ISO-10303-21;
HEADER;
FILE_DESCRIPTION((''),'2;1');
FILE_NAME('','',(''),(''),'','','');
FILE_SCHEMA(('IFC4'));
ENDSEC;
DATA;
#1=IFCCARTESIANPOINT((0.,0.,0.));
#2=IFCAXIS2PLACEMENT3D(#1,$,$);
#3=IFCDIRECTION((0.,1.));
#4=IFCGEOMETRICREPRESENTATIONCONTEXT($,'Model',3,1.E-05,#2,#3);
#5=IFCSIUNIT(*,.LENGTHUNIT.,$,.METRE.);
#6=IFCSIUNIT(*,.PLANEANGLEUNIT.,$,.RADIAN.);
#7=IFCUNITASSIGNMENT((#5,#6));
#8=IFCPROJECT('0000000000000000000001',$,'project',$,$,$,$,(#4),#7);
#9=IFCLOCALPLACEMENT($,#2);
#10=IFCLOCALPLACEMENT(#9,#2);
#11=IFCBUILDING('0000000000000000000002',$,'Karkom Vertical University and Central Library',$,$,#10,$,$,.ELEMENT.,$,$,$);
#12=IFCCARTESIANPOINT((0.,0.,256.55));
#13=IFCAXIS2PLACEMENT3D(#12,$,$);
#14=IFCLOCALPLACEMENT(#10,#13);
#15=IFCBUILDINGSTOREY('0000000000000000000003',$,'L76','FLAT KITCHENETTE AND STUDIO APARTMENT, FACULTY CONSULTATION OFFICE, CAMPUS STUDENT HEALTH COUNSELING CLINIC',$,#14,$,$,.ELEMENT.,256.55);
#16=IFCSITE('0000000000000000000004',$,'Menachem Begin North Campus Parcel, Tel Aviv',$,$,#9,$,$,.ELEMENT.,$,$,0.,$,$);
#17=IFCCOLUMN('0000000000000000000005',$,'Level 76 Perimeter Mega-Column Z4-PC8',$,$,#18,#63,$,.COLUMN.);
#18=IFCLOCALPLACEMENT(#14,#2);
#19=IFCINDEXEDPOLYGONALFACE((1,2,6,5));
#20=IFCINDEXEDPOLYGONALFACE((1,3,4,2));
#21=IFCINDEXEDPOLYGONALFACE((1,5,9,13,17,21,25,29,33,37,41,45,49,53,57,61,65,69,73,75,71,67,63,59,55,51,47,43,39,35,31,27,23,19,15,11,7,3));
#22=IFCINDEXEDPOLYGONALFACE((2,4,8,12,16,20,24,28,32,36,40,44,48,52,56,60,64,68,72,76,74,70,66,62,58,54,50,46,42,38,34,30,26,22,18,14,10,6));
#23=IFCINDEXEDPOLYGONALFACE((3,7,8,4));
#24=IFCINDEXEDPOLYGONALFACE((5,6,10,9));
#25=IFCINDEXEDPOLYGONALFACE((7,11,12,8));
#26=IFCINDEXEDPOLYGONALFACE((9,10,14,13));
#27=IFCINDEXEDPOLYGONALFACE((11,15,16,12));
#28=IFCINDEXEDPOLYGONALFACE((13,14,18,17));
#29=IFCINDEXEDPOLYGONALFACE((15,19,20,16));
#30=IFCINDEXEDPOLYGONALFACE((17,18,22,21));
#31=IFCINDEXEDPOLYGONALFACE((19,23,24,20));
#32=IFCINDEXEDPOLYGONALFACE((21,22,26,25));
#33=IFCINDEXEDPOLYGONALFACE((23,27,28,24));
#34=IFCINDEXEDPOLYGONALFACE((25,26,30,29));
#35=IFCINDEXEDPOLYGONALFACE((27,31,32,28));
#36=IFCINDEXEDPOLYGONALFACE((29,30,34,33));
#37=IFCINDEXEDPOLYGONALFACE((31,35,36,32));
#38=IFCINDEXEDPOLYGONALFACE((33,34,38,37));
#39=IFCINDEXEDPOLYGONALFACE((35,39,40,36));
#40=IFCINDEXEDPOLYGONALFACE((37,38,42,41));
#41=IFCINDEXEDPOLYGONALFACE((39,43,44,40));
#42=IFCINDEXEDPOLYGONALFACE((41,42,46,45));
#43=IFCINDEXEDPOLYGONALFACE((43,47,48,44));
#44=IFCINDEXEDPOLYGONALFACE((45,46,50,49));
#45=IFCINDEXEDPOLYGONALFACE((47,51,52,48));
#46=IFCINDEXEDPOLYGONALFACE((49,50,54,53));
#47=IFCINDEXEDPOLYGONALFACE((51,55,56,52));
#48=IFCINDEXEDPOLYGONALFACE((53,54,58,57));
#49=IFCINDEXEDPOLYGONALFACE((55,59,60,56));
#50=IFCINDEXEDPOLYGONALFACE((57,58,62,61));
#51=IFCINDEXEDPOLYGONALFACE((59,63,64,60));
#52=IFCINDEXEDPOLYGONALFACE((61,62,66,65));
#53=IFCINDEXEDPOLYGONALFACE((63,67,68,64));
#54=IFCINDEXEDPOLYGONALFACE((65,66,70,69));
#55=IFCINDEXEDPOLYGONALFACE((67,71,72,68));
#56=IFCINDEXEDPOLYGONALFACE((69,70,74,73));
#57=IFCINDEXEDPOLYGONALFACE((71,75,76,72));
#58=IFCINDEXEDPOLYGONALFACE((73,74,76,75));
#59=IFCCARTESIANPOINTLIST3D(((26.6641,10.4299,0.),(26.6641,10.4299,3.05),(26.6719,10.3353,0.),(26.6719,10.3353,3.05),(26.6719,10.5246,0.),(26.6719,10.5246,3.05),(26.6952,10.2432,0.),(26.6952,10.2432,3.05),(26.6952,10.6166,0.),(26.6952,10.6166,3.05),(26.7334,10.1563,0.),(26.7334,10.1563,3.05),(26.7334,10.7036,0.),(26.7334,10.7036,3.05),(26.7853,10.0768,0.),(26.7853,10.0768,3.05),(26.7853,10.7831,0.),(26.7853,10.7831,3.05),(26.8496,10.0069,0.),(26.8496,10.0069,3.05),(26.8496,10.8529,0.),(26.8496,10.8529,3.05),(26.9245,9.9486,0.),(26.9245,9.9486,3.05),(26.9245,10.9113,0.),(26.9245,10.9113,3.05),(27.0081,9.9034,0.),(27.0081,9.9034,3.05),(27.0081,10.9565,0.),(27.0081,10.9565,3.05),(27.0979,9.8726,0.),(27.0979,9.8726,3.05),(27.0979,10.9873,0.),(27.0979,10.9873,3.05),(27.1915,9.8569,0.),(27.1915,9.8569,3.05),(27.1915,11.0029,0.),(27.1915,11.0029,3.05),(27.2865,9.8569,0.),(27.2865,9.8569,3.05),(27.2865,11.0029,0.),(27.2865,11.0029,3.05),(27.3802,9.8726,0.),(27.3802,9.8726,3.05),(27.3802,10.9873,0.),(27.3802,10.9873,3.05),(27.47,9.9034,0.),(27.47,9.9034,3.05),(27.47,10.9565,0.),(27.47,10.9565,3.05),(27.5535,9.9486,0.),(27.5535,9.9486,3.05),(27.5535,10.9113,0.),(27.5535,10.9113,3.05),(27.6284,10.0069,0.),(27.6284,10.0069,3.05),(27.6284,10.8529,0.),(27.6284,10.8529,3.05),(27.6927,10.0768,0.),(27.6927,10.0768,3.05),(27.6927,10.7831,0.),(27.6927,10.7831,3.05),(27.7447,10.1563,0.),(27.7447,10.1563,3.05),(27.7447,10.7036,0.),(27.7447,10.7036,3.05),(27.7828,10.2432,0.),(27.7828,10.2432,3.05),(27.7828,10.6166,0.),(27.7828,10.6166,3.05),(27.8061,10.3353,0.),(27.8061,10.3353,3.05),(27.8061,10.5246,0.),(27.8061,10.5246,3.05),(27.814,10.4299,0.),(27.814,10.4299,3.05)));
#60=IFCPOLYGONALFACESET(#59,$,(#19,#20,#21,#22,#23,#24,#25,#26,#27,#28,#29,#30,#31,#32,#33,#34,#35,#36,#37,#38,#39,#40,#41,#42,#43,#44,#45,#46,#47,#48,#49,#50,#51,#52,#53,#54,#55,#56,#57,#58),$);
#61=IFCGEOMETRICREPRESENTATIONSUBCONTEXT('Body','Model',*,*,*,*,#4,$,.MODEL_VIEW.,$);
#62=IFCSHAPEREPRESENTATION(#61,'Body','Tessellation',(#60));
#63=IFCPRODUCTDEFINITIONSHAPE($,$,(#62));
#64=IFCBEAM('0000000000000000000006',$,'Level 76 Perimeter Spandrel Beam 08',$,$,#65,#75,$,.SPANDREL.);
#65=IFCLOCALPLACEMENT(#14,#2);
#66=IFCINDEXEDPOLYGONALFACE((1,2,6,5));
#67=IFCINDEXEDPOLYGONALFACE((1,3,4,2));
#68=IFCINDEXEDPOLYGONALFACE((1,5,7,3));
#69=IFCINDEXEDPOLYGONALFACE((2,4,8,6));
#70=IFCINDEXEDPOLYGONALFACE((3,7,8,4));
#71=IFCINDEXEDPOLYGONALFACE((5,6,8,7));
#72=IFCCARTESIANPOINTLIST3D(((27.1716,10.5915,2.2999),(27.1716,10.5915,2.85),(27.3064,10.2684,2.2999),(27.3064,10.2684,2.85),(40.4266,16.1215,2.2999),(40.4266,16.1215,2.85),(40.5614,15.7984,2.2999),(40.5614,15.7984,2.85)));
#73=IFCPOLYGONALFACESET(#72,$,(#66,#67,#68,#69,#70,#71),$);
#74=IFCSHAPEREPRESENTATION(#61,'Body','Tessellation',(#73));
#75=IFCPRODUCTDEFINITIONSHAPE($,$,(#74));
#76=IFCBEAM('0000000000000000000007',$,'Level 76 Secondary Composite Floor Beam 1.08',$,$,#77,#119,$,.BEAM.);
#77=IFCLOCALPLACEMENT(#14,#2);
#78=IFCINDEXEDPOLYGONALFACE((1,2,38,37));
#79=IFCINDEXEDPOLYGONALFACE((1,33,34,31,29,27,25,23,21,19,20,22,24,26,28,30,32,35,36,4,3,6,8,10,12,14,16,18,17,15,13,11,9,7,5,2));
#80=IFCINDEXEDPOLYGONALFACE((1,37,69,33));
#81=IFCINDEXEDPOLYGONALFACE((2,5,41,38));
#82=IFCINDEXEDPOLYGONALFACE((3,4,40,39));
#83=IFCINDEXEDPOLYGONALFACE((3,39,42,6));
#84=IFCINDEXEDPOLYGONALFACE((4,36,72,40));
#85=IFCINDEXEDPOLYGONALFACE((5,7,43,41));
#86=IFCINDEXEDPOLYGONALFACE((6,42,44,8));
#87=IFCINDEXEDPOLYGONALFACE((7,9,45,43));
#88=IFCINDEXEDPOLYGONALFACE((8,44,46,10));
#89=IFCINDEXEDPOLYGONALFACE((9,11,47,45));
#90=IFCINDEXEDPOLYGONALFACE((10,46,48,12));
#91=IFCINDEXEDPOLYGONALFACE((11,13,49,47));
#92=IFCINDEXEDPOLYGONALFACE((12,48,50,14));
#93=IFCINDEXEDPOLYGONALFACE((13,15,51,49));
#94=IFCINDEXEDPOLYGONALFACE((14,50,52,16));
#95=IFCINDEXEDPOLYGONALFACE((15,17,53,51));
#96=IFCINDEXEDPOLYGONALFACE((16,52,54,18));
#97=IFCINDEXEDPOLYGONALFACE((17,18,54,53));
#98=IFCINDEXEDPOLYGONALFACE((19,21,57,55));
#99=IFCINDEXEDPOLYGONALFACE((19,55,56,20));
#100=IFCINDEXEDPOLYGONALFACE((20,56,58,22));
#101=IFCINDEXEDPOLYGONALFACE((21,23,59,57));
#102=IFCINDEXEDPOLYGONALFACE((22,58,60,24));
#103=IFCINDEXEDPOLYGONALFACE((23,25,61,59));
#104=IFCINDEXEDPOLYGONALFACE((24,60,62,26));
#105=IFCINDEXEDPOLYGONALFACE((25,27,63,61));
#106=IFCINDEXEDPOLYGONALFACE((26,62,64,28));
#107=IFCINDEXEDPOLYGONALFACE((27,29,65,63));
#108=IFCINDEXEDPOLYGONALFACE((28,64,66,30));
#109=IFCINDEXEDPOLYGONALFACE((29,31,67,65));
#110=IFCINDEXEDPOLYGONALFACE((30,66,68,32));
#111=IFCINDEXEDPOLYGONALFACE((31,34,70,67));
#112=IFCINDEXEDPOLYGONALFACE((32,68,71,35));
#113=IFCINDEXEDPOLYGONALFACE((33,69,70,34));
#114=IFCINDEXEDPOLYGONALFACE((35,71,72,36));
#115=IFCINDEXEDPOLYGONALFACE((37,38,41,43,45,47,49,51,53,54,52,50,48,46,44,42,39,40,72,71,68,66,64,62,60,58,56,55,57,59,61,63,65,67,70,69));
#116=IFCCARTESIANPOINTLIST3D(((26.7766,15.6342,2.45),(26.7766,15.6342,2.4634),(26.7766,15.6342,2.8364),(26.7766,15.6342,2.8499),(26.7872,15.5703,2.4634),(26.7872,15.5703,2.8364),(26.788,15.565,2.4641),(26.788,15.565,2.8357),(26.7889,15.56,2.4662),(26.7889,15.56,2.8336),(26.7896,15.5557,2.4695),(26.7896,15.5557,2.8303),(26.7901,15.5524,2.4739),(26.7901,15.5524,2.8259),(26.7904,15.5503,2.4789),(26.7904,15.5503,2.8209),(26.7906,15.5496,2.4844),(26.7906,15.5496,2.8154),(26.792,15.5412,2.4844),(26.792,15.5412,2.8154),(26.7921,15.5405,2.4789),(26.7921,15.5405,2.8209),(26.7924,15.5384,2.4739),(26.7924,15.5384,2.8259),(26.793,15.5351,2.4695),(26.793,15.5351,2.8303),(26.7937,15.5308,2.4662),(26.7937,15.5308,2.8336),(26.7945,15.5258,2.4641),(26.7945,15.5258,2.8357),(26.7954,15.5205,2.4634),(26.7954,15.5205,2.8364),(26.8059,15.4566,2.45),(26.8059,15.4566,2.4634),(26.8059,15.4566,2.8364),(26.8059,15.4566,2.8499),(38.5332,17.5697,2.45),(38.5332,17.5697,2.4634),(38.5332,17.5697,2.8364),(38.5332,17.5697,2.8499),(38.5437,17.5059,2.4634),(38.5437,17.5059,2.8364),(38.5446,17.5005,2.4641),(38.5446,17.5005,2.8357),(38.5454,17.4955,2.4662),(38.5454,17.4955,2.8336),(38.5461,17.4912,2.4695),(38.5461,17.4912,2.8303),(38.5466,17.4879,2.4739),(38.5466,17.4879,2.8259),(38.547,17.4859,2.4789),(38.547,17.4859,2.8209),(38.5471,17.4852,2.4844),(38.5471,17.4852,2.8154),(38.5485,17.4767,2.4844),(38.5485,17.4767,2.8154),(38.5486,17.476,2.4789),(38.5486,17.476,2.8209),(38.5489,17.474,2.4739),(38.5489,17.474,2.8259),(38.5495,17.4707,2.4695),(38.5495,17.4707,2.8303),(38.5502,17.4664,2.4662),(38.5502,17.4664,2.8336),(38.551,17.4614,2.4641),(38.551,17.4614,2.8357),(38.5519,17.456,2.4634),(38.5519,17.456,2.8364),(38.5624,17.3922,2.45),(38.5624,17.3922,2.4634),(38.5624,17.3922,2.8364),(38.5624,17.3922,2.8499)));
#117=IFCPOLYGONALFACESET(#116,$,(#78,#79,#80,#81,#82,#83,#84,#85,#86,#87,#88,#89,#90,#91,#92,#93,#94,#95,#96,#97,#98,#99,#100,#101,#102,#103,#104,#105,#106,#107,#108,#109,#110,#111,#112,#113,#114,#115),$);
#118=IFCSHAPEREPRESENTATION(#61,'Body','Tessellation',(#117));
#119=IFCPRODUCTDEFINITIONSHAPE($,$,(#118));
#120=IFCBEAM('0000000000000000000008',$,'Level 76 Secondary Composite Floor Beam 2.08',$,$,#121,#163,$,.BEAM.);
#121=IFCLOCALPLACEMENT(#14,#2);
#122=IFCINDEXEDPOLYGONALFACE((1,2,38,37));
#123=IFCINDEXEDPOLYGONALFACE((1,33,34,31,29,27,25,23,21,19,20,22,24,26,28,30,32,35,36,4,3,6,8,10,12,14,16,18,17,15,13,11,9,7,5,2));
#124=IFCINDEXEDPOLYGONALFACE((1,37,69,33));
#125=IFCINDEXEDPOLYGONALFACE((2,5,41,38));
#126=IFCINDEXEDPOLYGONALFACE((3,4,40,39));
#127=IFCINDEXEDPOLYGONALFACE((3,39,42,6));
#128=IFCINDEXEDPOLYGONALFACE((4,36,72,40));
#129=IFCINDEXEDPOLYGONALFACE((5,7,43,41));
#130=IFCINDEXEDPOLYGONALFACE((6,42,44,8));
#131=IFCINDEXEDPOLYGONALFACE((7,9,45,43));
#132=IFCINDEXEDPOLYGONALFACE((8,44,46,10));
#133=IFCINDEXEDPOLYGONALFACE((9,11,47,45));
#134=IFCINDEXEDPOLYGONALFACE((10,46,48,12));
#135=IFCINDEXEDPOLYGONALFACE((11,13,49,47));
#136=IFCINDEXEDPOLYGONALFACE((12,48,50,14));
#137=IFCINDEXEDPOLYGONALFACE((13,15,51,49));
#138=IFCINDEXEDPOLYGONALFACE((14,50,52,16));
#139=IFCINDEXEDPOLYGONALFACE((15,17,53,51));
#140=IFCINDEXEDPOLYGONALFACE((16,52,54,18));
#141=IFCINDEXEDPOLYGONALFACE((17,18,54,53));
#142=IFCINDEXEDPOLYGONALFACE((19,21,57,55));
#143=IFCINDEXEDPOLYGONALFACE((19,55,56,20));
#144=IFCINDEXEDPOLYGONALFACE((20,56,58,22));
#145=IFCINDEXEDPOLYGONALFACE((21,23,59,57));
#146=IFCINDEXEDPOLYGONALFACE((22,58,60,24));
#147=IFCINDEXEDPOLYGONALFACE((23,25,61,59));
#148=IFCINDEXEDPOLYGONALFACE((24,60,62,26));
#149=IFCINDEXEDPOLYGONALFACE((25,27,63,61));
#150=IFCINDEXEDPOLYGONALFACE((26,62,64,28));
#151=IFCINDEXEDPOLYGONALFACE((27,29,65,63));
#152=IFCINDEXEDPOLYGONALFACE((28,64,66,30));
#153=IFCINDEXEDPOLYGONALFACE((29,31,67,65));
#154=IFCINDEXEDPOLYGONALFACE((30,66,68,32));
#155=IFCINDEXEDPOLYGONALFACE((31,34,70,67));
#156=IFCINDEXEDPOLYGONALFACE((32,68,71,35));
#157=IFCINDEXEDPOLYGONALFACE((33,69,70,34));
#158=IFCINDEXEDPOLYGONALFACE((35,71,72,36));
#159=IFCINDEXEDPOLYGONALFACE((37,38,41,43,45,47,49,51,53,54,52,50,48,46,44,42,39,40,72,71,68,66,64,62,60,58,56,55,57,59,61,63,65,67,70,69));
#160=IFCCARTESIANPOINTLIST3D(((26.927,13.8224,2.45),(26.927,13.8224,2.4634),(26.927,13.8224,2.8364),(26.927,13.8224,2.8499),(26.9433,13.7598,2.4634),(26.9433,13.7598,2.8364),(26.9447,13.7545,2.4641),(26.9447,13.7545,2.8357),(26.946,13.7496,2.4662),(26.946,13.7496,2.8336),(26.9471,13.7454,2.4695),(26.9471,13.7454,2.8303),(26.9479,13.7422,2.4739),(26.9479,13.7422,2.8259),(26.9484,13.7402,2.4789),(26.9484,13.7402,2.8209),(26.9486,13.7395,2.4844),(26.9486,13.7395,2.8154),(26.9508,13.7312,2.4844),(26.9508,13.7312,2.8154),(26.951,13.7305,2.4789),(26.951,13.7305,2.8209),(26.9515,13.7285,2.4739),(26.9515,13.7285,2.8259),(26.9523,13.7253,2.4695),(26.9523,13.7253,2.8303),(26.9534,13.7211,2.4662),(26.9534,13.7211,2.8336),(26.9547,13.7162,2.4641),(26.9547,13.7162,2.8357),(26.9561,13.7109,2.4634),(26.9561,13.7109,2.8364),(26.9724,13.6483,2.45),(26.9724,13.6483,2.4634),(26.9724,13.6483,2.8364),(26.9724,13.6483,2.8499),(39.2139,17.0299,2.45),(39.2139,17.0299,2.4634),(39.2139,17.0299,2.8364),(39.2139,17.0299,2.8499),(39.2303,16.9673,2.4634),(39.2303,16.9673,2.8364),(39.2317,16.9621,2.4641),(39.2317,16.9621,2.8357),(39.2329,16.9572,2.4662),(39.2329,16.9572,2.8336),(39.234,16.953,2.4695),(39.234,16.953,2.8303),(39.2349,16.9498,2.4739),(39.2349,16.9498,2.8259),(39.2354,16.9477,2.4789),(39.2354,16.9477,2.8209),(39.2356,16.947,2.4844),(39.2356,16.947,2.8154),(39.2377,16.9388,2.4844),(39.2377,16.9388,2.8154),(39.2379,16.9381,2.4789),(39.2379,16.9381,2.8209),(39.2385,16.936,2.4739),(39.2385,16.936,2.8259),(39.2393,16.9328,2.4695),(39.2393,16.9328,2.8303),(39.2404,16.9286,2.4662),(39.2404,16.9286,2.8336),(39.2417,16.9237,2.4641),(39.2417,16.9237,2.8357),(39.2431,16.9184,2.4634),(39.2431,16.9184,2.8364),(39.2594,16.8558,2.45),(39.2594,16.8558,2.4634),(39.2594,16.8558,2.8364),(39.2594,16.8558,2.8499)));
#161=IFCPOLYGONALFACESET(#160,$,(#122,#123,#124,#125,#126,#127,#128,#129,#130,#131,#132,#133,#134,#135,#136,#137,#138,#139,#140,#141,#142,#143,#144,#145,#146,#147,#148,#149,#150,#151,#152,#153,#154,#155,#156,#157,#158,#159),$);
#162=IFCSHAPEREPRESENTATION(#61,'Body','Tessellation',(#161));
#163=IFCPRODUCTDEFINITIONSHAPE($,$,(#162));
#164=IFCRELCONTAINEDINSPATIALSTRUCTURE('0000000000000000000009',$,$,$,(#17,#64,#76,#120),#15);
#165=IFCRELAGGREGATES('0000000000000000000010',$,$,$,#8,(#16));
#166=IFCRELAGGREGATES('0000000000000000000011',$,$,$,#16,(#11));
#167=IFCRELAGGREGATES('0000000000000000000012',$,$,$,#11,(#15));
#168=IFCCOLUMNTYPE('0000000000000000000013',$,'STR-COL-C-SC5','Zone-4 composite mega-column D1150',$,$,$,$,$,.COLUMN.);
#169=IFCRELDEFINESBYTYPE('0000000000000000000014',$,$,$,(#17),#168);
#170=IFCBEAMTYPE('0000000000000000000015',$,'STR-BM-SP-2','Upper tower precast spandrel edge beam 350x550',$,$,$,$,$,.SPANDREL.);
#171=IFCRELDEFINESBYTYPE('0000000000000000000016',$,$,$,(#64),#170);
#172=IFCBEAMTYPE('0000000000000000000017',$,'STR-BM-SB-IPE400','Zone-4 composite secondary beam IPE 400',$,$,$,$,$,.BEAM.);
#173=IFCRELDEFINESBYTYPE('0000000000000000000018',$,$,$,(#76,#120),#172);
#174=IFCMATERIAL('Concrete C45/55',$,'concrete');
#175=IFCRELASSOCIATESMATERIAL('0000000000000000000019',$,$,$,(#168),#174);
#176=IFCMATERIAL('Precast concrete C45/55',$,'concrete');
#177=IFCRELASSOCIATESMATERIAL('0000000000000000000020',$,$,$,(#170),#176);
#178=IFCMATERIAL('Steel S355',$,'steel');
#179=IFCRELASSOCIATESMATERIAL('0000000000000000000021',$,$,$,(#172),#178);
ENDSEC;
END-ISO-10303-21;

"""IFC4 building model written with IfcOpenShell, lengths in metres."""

from ifc_helpers import new_model, si_unit, direction, frame, origin, origin_with_axes, origin_2d, place, context, subcontext, project, spatial, rectangle, circle, i_section, extrude, source, transform, mapped, material, material_profile, profile_set, type_object, element, save


model = new_model("IFC4")

# Units and contexts
model_context = context("Model", 3, precision=1e-05, world=origin(), true_north=direction((0.0, 1.0)))
body_context = subcontext(model_context, "Body", "Model", "MODEL_VIEW")
ifc_project = project(units=[si_unit("LENGTHUNIT", "METRE"), si_unit("PLANEANGLEUNIT", "RADIAN")], contexts=[model_context])

# Site, building, storey
site_placement = place(None, origin())
site = spatial("IfcSite", under=ifc_project, at=site_placement, Name="Menachem Begin North Campus Parcel, Tel Aviv", CompositionType="ELEMENT", RefElevation=0.0)
building_placement = place(site_placement, origin())
building = spatial("IfcBuilding", under=site, at=building_placement, Name="Karkom Vertical University and Central Library", CompositionType="ELEMENT")
storey_placement = place(building_placement, frame((0.0, 0.0, 256.55)))
storey = spatial("IfcBuildingStorey", under=building, at=storey_placement, Name="L76", Description="FLAT KITCHENETTE AND STUDIO APARTMENT, FACULTY CONSULTATION OFFICE, CAMPUS STUDENT HEALTH COUNSELING CLINIC", CompositionType="ELEMENT", Elevation=256.55)

# Column
ifc_material_1 = material(Name="Concrete C45/55", Category="concrete")
ifc_material_profile_1 = material_profile(ifc_material_1, circle(Radius=0.575, at=origin_2d()), Name="CFT-D1150")
ifc_profile_set_1 = profile_set([ifc_material_profile_1], Name="Concrete C45/55")
column_type = type_object("IfcColumnType", Name="STR-COL-C-SC5", Description="Zone-4 composite mega-column D1150", PredefinedType="COLUMN", material=ifc_profile_set_1)
shared_shape_1 = source(origin_with_axes(), body_context, "Body", "SweptSolid", [
    extrude(circle(Radius=0.575, at=origin_2d()), origin(), (0.0, 0.0, 1.0), 3.05),
])
column_placement = place(storey_placement, frame((27.239, 10.4299, 0.0), z_axis=(0.0, 0.0, 1.0), x_axis=(1.0, 0.0, 0.0)))
element("IfcColumn", 1, at=column_placement, inside=storey, type_object=column_type, Name="Level 76 Perimeter Mega-Column Z4-PC8", PredefinedType="COLUMN", context=body_context, shape_type="MappedRepresentation", body=[
    mapped(shared_shape_1, transform((0.0, 0.0, 0.0), scale=1.0)),
])

# Beams
ifc_material_2 = material(Name="Precast concrete C45/55", Category="concrete")
ifc_material_profile_2 = material_profile(ifc_material_2, rectangle(XDim=0.3501, YDim=0.55, at=origin_2d()), Name="SPB-350x550")
ifc_profile_set_2 = profile_set([ifc_material_profile_2], Name="Precast concrete C45/55")
beam_type_1 = type_object("IfcBeamType", Name="STR-BM-SP-2", Description="Upper tower precast spandrel edge beam 350x550", PredefinedType="SPANDREL", material=ifc_profile_set_2)
shared_shape_2 = source(origin_with_axes(), body_context, "Body", "SweptSolid", [
    extrude(rectangle(XDim=0.3501, YDim=0.55, at=origin_2d()), origin(), (0.0, 0.0, 1.0), 14.3623),
])
beam_1_placement = place(storey_placement, frame((27.239, 10.4299, 2.575), z_axis=(0.9229, 0.38504, 0.0), x_axis=(-0.38504, 0.9229, 0.0)))
element("IfcBeam", 2, at=beam_1_placement, inside=storey, type_object=beam_type_1, Name="Level 76 Perimeter Spandrel Beam 08", PredefinedType="SPANDREL", context=body_context, shape_type="MappedRepresentation", body=[
    mapped(shared_shape_2, transform((0.0, 0.0, 0.0), scale=1.0)),
])
ifc_material_3 = material(Name="Steel S355", Category="steel")
ifc_material_profile_3 = material_profile(ifc_material_3, i_section(OverallWidth=0.1799, OverallDepth=0.3999, WebThickness=0.0085, FlangeThickness=0.0134, FilletRadius=0.021, at=origin_2d()), Name="IPE 400")
ifc_profile_set_3 = profile_set([ifc_material_profile_3], Name="Steel S355")
beam_type_2 = type_object("IfcBeamType", Name="STR-BM-SB-IPE400", Description="Zone-4 composite secondary beam IPE 400", PredefinedType="BEAM", material=ifc_profile_set_3)
shared_shape_3 = source(origin_with_axes(), body_context, "Body", "SweptSolid", [
    extrude(i_section(OverallWidth=0.1799, OverallDepth=0.3999, WebThickness=0.0085, FlangeThickness=0.0134, FilletRadius=0.021, at=origin_2d()), origin(), (0.0, 0.0, 1.0), 11.9148),
])
beam_2_placement = place(storey_placement, frame((26.7913, 15.5454, 2.6499), z_axis=(0.986717, 0.162448, 0.0), x_axis=(-0.162448, 0.986717, 0.0)))
element("IfcBeam", 3, at=beam_2_placement, inside=storey, type_object=beam_type_2, Name="Level 76 Secondary Composite Floor Beam 1.08", PredefinedType="BEAM", context=body_context, shape_type="MappedRepresentation", body=[
    mapped(shared_shape_3, transform((0.0, 0.0, 0.0), scale=1.0)),
])
shared_shape_4 = source(origin_with_axes(), body_context, "Body", "SweptSolid", [
    extrude(i_section(OverallWidth=0.1799, OverallDepth=0.3999, WebThickness=0.0085, FlangeThickness=0.0134, FilletRadius=0.021, at=origin_2d()), origin(), (0.0, 0.0, 1.0), 12.6987),
])
beam_3_placement = place(storey_placement, frame((26.9497, 13.7354, 2.6499), z_axis=(0.967574, 0.252588, 0.0), x_axis=(-0.252588, 0.967574, 0.0)))
element("IfcBeam", 4, at=beam_3_placement, inside=storey, type_object=beam_type_2, Name="Level 76 Secondary Composite Floor Beam 2.08", PredefinedType="BEAM", context=body_context, shape_type="MappedRepresentation", body=[
    mapped(shared_shape_4, transform((0.0, 0.0, 0.0), scale=1.0)),
])

save(model, "model.ifc")
